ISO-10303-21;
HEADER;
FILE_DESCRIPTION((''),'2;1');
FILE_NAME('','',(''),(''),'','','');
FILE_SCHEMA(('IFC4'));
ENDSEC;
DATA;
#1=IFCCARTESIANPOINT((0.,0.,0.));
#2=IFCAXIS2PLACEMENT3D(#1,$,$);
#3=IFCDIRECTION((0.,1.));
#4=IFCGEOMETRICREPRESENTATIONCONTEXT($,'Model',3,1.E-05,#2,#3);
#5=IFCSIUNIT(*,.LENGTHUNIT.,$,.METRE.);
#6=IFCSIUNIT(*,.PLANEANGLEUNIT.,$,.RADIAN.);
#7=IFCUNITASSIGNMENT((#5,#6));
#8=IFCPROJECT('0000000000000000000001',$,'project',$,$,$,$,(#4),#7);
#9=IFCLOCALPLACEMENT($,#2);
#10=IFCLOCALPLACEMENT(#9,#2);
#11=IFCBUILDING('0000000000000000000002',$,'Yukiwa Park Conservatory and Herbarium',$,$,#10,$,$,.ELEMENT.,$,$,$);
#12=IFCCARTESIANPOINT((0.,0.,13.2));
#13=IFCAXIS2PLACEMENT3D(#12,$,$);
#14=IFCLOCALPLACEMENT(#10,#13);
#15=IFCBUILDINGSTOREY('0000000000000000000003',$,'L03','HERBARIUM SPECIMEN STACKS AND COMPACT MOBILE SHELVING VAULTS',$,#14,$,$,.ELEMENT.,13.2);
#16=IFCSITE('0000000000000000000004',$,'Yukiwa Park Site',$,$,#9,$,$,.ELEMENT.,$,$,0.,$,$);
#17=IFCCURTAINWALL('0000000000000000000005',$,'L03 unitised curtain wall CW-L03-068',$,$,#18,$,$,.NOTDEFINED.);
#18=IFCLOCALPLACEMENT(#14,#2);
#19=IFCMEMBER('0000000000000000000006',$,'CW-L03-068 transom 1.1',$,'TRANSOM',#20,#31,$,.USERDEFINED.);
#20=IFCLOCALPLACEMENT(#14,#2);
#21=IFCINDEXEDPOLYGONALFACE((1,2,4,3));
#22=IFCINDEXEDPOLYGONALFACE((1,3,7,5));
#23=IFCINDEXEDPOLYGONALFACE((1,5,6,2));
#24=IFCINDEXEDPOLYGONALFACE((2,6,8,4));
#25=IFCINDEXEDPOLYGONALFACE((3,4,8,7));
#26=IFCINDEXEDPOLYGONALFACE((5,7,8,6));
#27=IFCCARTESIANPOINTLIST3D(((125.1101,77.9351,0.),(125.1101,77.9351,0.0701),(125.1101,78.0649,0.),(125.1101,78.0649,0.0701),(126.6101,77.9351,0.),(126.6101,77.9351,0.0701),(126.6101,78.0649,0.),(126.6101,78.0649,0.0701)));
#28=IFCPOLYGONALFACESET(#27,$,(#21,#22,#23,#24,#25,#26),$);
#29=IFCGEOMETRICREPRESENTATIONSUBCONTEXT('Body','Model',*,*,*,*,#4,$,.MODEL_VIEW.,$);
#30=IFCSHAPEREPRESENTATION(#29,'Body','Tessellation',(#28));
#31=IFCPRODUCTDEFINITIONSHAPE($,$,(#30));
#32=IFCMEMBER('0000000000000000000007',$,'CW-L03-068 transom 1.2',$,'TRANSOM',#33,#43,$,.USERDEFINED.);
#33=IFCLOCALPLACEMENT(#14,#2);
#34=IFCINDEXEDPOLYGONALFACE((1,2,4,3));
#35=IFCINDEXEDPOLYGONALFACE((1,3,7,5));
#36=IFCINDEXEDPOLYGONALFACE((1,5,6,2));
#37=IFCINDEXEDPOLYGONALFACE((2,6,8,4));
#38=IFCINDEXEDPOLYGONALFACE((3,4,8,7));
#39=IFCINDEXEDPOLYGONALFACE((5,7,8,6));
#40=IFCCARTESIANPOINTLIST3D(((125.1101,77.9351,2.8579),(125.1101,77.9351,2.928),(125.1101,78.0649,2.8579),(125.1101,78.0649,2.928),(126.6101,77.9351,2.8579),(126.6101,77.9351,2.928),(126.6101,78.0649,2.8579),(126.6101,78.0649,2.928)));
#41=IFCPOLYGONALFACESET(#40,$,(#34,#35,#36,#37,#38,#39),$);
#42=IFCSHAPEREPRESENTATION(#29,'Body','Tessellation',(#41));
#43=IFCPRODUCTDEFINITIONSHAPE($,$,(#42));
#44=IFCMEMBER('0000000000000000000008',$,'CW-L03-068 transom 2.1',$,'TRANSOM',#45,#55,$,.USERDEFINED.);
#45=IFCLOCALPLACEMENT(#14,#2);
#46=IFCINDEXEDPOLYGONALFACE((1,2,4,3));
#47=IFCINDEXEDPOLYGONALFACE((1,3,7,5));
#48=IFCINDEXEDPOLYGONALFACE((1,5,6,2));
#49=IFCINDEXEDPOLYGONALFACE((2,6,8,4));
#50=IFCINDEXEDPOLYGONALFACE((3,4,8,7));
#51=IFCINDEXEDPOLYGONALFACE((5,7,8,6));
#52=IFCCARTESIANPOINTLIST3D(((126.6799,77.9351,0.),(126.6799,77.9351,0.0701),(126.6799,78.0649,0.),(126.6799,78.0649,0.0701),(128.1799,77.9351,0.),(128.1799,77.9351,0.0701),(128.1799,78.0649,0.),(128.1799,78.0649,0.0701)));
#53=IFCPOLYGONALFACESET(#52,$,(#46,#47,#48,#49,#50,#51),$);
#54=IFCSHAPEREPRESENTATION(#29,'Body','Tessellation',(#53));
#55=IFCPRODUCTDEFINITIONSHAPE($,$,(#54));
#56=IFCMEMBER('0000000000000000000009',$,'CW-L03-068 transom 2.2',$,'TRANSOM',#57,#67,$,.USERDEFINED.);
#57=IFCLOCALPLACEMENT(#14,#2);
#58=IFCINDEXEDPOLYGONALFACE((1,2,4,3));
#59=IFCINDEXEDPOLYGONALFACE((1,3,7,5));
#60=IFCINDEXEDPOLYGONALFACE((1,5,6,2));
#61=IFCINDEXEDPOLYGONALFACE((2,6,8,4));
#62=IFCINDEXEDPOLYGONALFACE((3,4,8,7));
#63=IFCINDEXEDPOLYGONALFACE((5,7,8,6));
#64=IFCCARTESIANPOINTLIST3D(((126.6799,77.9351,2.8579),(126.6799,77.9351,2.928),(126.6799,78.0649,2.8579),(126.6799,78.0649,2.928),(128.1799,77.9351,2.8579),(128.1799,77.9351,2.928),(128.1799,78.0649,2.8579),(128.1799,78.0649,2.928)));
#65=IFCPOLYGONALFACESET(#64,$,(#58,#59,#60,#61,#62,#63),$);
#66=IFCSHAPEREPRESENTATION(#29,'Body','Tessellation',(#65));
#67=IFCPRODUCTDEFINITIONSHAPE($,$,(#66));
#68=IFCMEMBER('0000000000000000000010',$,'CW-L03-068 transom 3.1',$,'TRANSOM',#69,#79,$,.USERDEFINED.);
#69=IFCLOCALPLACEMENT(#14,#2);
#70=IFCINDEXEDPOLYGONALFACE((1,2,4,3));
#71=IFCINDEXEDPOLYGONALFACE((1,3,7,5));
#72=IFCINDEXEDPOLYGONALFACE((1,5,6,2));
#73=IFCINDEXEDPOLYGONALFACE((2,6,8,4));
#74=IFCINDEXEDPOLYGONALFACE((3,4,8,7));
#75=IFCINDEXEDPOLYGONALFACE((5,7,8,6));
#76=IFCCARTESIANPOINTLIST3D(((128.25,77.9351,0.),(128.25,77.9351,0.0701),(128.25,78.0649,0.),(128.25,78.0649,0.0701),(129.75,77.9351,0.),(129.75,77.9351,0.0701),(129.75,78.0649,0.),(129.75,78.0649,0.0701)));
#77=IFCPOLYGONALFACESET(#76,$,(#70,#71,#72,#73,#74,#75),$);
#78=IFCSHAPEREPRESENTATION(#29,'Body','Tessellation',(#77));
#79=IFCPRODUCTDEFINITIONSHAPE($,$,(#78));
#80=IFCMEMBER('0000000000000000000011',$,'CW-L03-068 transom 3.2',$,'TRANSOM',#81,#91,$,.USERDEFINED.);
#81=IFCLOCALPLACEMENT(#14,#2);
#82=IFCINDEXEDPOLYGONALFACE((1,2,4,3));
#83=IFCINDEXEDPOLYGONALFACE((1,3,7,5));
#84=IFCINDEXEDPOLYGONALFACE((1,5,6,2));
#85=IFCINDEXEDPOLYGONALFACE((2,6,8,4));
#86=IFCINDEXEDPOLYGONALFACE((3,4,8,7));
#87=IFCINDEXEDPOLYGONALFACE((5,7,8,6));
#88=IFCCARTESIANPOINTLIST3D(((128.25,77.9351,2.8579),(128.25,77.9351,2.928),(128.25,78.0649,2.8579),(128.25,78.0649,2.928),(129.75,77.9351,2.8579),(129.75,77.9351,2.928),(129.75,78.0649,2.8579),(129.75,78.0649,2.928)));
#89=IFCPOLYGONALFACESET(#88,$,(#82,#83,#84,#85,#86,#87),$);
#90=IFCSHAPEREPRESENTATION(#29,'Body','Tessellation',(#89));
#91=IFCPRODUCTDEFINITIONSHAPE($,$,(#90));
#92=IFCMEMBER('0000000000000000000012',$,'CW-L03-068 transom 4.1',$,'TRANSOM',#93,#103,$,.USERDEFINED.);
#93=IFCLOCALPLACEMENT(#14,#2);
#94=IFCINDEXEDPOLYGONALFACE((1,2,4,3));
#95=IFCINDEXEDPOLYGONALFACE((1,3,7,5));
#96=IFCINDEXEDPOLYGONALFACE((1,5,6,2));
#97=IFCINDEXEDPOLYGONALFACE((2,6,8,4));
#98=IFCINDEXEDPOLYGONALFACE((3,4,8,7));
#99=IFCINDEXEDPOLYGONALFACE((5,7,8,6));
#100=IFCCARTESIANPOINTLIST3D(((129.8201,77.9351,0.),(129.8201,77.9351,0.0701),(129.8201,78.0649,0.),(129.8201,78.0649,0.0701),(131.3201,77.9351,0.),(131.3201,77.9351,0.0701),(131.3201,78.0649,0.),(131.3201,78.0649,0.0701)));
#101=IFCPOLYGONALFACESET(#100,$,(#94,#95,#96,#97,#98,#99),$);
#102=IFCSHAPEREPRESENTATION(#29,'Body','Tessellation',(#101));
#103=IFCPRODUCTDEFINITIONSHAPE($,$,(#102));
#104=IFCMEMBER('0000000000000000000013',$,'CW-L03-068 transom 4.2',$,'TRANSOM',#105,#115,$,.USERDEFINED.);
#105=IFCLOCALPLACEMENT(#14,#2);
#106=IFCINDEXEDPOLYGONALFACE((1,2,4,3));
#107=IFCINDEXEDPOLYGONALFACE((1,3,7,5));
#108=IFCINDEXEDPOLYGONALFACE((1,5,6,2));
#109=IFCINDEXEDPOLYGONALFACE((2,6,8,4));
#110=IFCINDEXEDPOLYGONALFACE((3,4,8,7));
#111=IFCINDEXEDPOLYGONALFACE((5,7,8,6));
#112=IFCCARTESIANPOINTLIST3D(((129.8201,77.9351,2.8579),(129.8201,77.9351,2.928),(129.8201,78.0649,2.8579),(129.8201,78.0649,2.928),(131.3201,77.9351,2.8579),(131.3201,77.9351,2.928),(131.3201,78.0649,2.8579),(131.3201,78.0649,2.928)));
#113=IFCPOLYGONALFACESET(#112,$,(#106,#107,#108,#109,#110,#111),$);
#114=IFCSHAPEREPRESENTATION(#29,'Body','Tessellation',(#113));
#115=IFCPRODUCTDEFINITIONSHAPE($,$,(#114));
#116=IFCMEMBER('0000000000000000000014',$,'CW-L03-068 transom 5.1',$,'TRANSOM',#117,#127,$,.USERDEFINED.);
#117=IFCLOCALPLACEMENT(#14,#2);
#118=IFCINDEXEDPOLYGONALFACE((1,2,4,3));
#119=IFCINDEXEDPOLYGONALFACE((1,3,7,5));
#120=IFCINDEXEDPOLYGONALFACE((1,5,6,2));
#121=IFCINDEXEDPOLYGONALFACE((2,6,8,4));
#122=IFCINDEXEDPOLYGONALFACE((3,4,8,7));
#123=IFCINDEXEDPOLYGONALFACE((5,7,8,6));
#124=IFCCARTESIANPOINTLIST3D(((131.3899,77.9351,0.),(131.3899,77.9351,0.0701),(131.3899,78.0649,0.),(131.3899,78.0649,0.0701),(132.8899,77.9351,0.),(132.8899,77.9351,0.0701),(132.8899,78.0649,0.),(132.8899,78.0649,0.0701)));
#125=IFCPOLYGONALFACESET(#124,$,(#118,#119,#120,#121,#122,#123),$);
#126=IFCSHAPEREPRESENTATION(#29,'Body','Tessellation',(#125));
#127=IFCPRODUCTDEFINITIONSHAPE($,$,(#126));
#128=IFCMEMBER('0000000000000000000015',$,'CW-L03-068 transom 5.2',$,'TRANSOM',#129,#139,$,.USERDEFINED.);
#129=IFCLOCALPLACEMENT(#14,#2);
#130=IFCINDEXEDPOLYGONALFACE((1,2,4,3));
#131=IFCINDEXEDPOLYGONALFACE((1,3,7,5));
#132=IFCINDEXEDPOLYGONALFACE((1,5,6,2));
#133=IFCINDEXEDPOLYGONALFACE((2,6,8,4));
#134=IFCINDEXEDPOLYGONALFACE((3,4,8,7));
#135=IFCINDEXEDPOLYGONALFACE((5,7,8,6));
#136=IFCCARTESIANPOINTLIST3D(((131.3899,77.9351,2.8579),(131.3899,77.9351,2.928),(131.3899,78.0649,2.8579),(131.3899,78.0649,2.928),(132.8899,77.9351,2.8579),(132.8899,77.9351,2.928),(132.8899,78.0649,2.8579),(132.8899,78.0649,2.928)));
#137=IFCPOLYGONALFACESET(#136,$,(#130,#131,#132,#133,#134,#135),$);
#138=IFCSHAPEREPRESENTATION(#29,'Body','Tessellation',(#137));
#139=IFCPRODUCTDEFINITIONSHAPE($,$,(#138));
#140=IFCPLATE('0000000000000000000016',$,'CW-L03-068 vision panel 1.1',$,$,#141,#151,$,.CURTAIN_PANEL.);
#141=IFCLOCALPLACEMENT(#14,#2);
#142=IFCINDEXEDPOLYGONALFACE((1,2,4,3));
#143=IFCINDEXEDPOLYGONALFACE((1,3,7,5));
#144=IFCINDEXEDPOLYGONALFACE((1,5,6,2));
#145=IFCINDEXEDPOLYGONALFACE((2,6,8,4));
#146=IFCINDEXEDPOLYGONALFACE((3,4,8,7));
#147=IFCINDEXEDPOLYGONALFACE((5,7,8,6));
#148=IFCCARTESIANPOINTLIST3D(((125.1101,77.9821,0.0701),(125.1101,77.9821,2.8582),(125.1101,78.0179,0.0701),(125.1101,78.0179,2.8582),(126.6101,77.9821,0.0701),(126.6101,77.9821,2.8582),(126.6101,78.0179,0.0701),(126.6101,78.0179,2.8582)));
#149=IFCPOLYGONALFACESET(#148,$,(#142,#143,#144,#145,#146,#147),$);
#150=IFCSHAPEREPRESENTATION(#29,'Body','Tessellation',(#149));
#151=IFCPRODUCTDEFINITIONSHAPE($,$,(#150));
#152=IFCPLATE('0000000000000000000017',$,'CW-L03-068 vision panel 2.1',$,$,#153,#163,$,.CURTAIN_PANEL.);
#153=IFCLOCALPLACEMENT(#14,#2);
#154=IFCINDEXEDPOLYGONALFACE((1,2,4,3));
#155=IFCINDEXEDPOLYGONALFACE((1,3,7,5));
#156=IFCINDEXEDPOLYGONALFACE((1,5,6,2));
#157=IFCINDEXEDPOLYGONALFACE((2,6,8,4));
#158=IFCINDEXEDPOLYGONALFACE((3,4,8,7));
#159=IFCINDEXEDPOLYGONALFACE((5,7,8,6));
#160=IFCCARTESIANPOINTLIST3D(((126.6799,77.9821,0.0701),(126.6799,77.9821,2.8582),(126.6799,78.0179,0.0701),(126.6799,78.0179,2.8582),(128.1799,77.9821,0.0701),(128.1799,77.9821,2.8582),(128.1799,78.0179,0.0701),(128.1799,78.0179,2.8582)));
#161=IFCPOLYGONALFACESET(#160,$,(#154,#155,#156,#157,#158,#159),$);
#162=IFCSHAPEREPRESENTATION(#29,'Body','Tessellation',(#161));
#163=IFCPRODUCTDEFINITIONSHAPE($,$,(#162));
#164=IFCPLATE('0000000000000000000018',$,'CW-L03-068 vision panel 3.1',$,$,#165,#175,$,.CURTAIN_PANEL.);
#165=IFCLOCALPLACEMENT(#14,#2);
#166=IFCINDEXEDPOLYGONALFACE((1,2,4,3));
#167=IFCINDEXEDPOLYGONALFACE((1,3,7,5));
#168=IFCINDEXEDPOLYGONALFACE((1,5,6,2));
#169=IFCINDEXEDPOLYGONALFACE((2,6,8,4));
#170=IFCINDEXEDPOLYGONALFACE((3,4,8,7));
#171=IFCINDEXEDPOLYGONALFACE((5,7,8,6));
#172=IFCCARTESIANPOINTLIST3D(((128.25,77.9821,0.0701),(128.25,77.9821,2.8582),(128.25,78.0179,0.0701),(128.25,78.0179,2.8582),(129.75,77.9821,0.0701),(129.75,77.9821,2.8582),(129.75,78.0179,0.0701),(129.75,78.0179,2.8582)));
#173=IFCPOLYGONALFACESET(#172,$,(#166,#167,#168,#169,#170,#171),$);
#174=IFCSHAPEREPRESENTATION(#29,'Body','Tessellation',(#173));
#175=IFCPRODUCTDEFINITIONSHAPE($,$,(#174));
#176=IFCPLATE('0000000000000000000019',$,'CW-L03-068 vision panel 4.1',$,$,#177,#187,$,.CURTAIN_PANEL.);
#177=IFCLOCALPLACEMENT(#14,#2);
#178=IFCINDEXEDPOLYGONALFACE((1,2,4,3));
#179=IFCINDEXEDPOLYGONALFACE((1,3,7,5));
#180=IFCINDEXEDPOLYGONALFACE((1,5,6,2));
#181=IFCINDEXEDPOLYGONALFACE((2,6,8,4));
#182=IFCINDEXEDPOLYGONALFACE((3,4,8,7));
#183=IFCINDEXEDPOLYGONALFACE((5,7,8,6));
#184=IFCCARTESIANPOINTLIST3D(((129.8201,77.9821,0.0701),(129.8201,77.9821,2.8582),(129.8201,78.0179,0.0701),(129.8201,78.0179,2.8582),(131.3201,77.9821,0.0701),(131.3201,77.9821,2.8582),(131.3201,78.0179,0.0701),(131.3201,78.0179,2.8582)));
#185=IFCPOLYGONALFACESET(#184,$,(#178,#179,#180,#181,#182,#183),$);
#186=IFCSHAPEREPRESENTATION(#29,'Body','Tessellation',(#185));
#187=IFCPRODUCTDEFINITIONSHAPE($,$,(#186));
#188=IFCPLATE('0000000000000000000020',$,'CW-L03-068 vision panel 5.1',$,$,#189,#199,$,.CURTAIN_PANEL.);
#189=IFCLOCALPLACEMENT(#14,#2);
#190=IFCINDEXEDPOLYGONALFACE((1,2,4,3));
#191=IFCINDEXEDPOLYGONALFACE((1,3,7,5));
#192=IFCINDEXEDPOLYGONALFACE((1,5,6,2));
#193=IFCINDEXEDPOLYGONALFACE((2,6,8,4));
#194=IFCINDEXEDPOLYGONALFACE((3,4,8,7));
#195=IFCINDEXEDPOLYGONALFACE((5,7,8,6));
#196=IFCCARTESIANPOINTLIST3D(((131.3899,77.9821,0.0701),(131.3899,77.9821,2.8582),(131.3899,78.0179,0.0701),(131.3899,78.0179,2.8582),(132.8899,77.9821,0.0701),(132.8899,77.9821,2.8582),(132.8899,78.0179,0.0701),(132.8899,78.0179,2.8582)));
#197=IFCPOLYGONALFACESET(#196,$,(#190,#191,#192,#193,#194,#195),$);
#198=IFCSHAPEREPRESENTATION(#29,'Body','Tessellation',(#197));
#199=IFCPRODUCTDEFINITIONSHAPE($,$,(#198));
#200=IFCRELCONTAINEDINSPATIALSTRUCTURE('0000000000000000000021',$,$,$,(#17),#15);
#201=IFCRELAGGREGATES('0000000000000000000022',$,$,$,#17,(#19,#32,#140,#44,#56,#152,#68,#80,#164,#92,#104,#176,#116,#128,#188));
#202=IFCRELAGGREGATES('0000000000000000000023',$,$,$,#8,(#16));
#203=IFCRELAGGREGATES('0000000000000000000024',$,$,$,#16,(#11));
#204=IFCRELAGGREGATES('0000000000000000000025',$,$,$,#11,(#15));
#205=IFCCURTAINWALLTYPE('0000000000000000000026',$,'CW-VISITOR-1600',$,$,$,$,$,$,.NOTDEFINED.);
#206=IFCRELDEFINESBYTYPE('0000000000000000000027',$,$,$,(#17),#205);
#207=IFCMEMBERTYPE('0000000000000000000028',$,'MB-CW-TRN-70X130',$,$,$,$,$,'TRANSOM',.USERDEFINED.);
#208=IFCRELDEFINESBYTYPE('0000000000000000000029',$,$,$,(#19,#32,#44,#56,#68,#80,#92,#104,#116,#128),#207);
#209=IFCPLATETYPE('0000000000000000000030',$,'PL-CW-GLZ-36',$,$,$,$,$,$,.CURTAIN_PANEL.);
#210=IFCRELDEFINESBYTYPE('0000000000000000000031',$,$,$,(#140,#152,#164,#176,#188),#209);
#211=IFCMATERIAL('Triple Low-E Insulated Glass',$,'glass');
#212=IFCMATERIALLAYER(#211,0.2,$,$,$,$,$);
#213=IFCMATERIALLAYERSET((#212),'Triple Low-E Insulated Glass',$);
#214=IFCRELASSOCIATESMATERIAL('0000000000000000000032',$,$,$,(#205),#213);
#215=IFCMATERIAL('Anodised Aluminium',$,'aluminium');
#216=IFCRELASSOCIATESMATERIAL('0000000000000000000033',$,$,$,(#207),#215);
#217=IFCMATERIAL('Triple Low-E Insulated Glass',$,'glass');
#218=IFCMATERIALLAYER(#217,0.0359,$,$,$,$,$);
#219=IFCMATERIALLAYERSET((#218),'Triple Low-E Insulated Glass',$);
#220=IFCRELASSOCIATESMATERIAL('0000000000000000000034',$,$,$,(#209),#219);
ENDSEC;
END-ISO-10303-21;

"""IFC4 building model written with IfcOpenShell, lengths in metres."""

from ifc_helpers import new_model, si_unit, direction, frame, origin, origin_2d, place, context, subcontext, project, spatial, rectangle, extrude, material, layer, layer_set, type_object, element, aggregate, save


model = new_model("IFC4")

# Units and contexts
model_context = context("Model", 3, precision=1e-05, world=origin(), true_north=direction((0.0, 1.0)))
body_context = subcontext(model_context, "Body", "Model", "MODEL_VIEW")
ifc_project = project(units=[si_unit("LENGTHUNIT", "METRE"), si_unit("PLANEANGLEUNIT", "RADIAN")], contexts=[model_context])

# Site, building, storey
site_placement = place(None, origin())
site = spatial("IfcSite", under=ifc_project, at=site_placement, Name="Yukiwa Park Site", CompositionType="ELEMENT", RefElevation=0.0)
building_placement = place(site_placement, origin())
building = spatial("IfcBuilding", under=site, at=building_placement, Name="Yukiwa Park Conservatory and Herbarium", CompositionType="ELEMENT")
storey_placement = place(building_placement, frame((0.0, 0.0, 13.2)))
storey = spatial("IfcBuildingStorey", under=building, at=storey_placement, Name="L03", Description="HERBARIUM SPECIMEN STACKS AND COMPACT MOBILE SHELVING VAULTS", CompositionType="ELEMENT", Elevation=13.2)

# Curtain wall, members, plates
ifc_material_1 = material(Name="Triple Low-E Insulated Glass", Category="glass")
ifc_layer_1 = layer(ifc_material_1, 0.2)
ifc_layer_set_1 = layer_set([ifc_layer_1], Name="Triple Low-E Insulated Glass")
curtain_wall_type = type_object("IfcCurtainWallType", Name="CW-VISITOR-1600", PredefinedType="NOTDEFINED", material=ifc_layer_set_1)
curtain_wall_placement = place(storey_placement, origin())
curtain_wall = element("IfcCurtainWall", 1, at=curtain_wall_placement, inside=storey, type_object=curtain_wall_type, Name="L03 unitised curtain wall CW-L03-068", PredefinedType="NOTDEFINED")
ifc_material_2 = material(Name="Anodised Aluminium", Category="aluminium")
member_type_1 = type_object("IfcMemberType", Name="MB-CW-TRN-70X130", ElementType="TRANSOM", PredefinedType="USERDEFINED", material=ifc_material_2)
member_1_placement = place(storey_placement, frame((125.8601, 78.0, 0.0), z_axis=(0.0, 0.0, 1.0), x_axis=(1.0, 0.0, 0.0)))
member_1 = element("IfcMember", 2, at=member_1_placement, type_object=member_type_1, Name="CW-L03-068 transom 1.1", ObjectType="TRANSOM", PredefinedType="USERDEFINED", context=body_context, shape_type="SweptSolid", body=[
    extrude(rectangle(XDim=1.5, YDim=0.1299, at=origin_2d()), origin(), (0.0, 0.0, 1.0), 0.0701),
])
member_2_placement = place(storey_placement, frame((125.8601, 78.0, 2.8579), z_axis=(0.0, 0.0, 1.0), x_axis=(1.0, 0.0, 0.0)))
member_2 = element("IfcMember", 3, at=member_2_placement, type_object=member_type_1, Name="CW-L03-068 transom 1.2", ObjectType="TRANSOM", PredefinedType="USERDEFINED", context=body_context, shape_type="SweptSolid", body=[
    extrude(rectangle(XDim=1.5, YDim=0.1299, at=origin_2d()), origin(), (0.0, 0.0, 1.0), 0.0701),
])
member_3_placement = place(storey_placement, frame((127.4299, 78.0, 0.0), z_axis=(0.0, 0.0, 1.0), x_axis=(1.0, 0.0, 0.0)))
member_3 = element("IfcMember", 4, at=member_3_placement, type_object=member_type_1, Name="CW-L03-068 transom 2.1", ObjectType="TRANSOM", PredefinedType="USERDEFINED", context=body_context, shape_type="SweptSolid", body=[
    extrude(rectangle(XDim=1.5, YDim=0.1299, at=origin_2d()), origin(), (0.0, 0.0, 1.0), 0.0701),
])
member_4_placement = place(storey_placement, frame((127.4299, 78.0, 2.8579), z_axis=(0.0, 0.0, 1.0), x_axis=(1.0, 0.0, 0.0)))
member_4 = element("IfcMember", 5, at=member_4_placement, type_object=member_type_1, Name="CW-L03-068 transom 2.2", ObjectType="TRANSOM", PredefinedType="USERDEFINED", context=body_context, shape_type="SweptSolid", body=[
    extrude(rectangle(XDim=1.5, YDim=0.1299, at=origin_2d()), origin(), (0.0, 0.0, 1.0), 0.0701),
])
member_5_placement = place(storey_placement, frame((129.0, 78.0, 0.0), z_axis=(0.0, 0.0, 1.0), x_axis=(1.0, 0.0, 0.0)))
member_5 = element("IfcMember", 6, at=member_5_placement, type_object=member_type_1, Name="CW-L03-068 transom 3.1", ObjectType="TRANSOM", PredefinedType="USERDEFINED", context=body_context, shape_type="SweptSolid", body=[
    extrude(rectangle(XDim=1.5, YDim=0.1299, at=origin_2d()), origin(), (0.0, 0.0, 1.0), 0.0701),
])
member_6_placement = place(storey_placement, frame((129.0, 78.0, 2.8579), z_axis=(0.0, 0.0, 1.0), x_axis=(1.0, 0.0, 0.0)))
member_6 = element("IfcMember", 7, at=member_6_placement, type_object=member_type_1, Name="CW-L03-068 transom 3.2", ObjectType="TRANSOM", PredefinedType="USERDEFINED", context=body_context, shape_type="SweptSolid", body=[
    extrude(rectangle(XDim=1.5, YDim=0.1299, at=origin_2d()), origin(), (0.0, 0.0, 1.0), 0.0701),
])
member_7_placement = place(storey_placement, frame((130.5701, 78.0, 0.0), z_axis=(0.0, 0.0, 1.0), x_axis=(1.0, 0.0, 0.0)))
member_7 = element("IfcMember", 8, at=member_7_placement, type_object=member_type_1, Name="CW-L03-068 transom 4.1", ObjectType="TRANSOM", PredefinedType="USERDEFINED", context=body_context, shape_type="SweptSolid", body=[
    extrude(rectangle(XDim=1.5, YDim=0.1299, at=origin_2d()), origin(), (0.0, 0.0, 1.0), 0.0701),
])
member_8_placement = place(storey_placement, frame((130.5701, 78.0, 2.8579), z_axis=(0.0, 0.0, 1.0), x_axis=(1.0, 0.0, 0.0)))
member_8 = element("IfcMember", 9, at=member_8_placement, type_object=member_type_1, Name="CW-L03-068 transom 4.2", ObjectType="TRANSOM", PredefinedType="USERDEFINED", context=body_context, shape_type="SweptSolid", body=[
    extrude(rectangle(XDim=1.5, YDim=0.1299, at=origin_2d()), origin(), (0.0, 0.0, 1.0), 0.0701),
])
member_9_placement = place(storey_placement, frame((132.1399, 78.0, 0.0), z_axis=(0.0, 0.0, 1.0), x_axis=(1.0, 0.0, 0.0)))
member_9 = element("IfcMember", 10, at=member_9_placement, type_object=member_type_1, Name="CW-L03-068 transom 5.1", ObjectType="TRANSOM", PredefinedType="USERDEFINED", context=body_context, shape_type="SweptSolid", body=[
    extrude(rectangle(XDim=1.5, YDim=0.1299, at=origin_2d()), origin(), (0.0, 0.0, 1.0), 0.0701),
])
member_10_placement = place(storey_placement, frame((132.1399, 78.0, 2.8579), z_axis=(0.0, 0.0, 1.0), x_axis=(1.0, 0.0, 0.0)))
member_10 = element("IfcMember", 11, at=member_10_placement, type_object=member_type_1, Name="CW-L03-068 transom 5.2", ObjectType="TRANSOM", PredefinedType="USERDEFINED", context=body_context, shape_type="SweptSolid", body=[
    extrude(rectangle(XDim=1.5, YDim=0.1299, at=origin_2d()), origin(), (0.0, 0.0, 1.0), 0.0701),
])
ifc_material_3 = material(Name="Triple Low-E Insulated Glass", Category="glass")
ifc_layer_2 = layer(ifc_material_3, 0.0359)
ifc_layer_set_2 = layer_set([ifc_layer_2], Name="Triple Low-E Insulated Glass")
plate_type_1 = type_object("IfcPlateType", Name="PL-CW-GLZ-36", PredefinedType="CURTAIN_PANEL", material=ifc_layer_set_2)
plate_1_placement = place(storey_placement, frame((125.8601, 78.0, 0.0701), z_axis=(0.0, 0.0, 1.0), x_axis=(1.0, 0.0, 0.0)))
plate_1 = element("IfcPlate", 12, at=plate_1_placement, type_object=plate_type_1, Name="CW-L03-068 vision panel 1.1", PredefinedType="CURTAIN_PANEL", context=body_context, shape_type="SweptSolid", body=[
    extrude(rectangle(XDim=1.5, YDim=0.0359, at=origin_2d()), origin(), (0.0, 0.0, 1.0), 2.7881),
])
plate_2_placement = place(storey_placement, frame((127.4299, 78.0, 0.0701), z_axis=(0.0, 0.0, 1.0), x_axis=(1.0, 0.0, 0.0)))
plate_2 = element("IfcPlate", 13, at=plate_2_placement, type_object=plate_type_1, Name="CW-L03-068 vision panel 2.1", PredefinedType="CURTAIN_PANEL", context=body_context, shape_type="SweptSolid", body=[
    extrude(rectangle(XDim=1.5, YDim=0.0359, at=origin_2d()), origin(), (0.0, 0.0, 1.0), 2.7881),
])
plate_3_placement = place(storey_placement, frame((129.0, 78.0, 0.0701), z_axis=(0.0, 0.0, 1.0), x_axis=(1.0, 0.0, 0.0)))
plate_3 = element("IfcPlate", 14, at=plate_3_placement, type_object=plate_type_1, Name="CW-L03-068 vision panel 3.1", PredefinedType="CURTAIN_PANEL", context=body_context, shape_type="SweptSolid", body=[
    extrude(rectangle(XDim=1.5, YDim=0.0359, at=origin_2d()), origin(), (0.0, 0.0, 1.0), 2.7881),
])
plate_4_placement = place(storey_placement, frame((130.5701, 78.0, 0.0701), z_axis=(0.0, 0.0, 1.0), x_axis=(1.0, 0.0, 0.0)))
plate_4 = element("IfcPlate", 15, at=plate_4_placement, type_object=plate_type_1, Name="CW-L03-068 vision panel 4.1", PredefinedType="CURTAIN_PANEL", context=body_context, shape_type="SweptSolid", body=[
    extrude(rectangle(XDim=1.5, YDim=0.0359, at=origin_2d()), origin(), (0.0, 0.0, 1.0), 2.7881),
])
plate_5_placement = place(storey_placement, frame((132.1399, 78.0, 0.0701), z_axis=(0.0, 0.0, 1.0), x_axis=(1.0, 0.0, 0.0)))
plate_5 = element("IfcPlate", 16, at=plate_5_placement, type_object=plate_type_1, Name="CW-L03-068 vision panel 5.1", PredefinedType="CURTAIN_PANEL", context=body_context, shape_type="SweptSolid", body=[
    extrude(rectangle(XDim=1.5, YDim=0.0359, at=origin_2d()), origin(), (0.0, 0.0, 1.0), 2.7881),
])
aggregate(curtain_wall, [member_1, member_2, plate_1, member_3, member_4, plate_2, member_5, member_6, plate_3, member_7, member_8, plate_4, member_9, member_10, plate_5])

save(model, "model.ifc")
